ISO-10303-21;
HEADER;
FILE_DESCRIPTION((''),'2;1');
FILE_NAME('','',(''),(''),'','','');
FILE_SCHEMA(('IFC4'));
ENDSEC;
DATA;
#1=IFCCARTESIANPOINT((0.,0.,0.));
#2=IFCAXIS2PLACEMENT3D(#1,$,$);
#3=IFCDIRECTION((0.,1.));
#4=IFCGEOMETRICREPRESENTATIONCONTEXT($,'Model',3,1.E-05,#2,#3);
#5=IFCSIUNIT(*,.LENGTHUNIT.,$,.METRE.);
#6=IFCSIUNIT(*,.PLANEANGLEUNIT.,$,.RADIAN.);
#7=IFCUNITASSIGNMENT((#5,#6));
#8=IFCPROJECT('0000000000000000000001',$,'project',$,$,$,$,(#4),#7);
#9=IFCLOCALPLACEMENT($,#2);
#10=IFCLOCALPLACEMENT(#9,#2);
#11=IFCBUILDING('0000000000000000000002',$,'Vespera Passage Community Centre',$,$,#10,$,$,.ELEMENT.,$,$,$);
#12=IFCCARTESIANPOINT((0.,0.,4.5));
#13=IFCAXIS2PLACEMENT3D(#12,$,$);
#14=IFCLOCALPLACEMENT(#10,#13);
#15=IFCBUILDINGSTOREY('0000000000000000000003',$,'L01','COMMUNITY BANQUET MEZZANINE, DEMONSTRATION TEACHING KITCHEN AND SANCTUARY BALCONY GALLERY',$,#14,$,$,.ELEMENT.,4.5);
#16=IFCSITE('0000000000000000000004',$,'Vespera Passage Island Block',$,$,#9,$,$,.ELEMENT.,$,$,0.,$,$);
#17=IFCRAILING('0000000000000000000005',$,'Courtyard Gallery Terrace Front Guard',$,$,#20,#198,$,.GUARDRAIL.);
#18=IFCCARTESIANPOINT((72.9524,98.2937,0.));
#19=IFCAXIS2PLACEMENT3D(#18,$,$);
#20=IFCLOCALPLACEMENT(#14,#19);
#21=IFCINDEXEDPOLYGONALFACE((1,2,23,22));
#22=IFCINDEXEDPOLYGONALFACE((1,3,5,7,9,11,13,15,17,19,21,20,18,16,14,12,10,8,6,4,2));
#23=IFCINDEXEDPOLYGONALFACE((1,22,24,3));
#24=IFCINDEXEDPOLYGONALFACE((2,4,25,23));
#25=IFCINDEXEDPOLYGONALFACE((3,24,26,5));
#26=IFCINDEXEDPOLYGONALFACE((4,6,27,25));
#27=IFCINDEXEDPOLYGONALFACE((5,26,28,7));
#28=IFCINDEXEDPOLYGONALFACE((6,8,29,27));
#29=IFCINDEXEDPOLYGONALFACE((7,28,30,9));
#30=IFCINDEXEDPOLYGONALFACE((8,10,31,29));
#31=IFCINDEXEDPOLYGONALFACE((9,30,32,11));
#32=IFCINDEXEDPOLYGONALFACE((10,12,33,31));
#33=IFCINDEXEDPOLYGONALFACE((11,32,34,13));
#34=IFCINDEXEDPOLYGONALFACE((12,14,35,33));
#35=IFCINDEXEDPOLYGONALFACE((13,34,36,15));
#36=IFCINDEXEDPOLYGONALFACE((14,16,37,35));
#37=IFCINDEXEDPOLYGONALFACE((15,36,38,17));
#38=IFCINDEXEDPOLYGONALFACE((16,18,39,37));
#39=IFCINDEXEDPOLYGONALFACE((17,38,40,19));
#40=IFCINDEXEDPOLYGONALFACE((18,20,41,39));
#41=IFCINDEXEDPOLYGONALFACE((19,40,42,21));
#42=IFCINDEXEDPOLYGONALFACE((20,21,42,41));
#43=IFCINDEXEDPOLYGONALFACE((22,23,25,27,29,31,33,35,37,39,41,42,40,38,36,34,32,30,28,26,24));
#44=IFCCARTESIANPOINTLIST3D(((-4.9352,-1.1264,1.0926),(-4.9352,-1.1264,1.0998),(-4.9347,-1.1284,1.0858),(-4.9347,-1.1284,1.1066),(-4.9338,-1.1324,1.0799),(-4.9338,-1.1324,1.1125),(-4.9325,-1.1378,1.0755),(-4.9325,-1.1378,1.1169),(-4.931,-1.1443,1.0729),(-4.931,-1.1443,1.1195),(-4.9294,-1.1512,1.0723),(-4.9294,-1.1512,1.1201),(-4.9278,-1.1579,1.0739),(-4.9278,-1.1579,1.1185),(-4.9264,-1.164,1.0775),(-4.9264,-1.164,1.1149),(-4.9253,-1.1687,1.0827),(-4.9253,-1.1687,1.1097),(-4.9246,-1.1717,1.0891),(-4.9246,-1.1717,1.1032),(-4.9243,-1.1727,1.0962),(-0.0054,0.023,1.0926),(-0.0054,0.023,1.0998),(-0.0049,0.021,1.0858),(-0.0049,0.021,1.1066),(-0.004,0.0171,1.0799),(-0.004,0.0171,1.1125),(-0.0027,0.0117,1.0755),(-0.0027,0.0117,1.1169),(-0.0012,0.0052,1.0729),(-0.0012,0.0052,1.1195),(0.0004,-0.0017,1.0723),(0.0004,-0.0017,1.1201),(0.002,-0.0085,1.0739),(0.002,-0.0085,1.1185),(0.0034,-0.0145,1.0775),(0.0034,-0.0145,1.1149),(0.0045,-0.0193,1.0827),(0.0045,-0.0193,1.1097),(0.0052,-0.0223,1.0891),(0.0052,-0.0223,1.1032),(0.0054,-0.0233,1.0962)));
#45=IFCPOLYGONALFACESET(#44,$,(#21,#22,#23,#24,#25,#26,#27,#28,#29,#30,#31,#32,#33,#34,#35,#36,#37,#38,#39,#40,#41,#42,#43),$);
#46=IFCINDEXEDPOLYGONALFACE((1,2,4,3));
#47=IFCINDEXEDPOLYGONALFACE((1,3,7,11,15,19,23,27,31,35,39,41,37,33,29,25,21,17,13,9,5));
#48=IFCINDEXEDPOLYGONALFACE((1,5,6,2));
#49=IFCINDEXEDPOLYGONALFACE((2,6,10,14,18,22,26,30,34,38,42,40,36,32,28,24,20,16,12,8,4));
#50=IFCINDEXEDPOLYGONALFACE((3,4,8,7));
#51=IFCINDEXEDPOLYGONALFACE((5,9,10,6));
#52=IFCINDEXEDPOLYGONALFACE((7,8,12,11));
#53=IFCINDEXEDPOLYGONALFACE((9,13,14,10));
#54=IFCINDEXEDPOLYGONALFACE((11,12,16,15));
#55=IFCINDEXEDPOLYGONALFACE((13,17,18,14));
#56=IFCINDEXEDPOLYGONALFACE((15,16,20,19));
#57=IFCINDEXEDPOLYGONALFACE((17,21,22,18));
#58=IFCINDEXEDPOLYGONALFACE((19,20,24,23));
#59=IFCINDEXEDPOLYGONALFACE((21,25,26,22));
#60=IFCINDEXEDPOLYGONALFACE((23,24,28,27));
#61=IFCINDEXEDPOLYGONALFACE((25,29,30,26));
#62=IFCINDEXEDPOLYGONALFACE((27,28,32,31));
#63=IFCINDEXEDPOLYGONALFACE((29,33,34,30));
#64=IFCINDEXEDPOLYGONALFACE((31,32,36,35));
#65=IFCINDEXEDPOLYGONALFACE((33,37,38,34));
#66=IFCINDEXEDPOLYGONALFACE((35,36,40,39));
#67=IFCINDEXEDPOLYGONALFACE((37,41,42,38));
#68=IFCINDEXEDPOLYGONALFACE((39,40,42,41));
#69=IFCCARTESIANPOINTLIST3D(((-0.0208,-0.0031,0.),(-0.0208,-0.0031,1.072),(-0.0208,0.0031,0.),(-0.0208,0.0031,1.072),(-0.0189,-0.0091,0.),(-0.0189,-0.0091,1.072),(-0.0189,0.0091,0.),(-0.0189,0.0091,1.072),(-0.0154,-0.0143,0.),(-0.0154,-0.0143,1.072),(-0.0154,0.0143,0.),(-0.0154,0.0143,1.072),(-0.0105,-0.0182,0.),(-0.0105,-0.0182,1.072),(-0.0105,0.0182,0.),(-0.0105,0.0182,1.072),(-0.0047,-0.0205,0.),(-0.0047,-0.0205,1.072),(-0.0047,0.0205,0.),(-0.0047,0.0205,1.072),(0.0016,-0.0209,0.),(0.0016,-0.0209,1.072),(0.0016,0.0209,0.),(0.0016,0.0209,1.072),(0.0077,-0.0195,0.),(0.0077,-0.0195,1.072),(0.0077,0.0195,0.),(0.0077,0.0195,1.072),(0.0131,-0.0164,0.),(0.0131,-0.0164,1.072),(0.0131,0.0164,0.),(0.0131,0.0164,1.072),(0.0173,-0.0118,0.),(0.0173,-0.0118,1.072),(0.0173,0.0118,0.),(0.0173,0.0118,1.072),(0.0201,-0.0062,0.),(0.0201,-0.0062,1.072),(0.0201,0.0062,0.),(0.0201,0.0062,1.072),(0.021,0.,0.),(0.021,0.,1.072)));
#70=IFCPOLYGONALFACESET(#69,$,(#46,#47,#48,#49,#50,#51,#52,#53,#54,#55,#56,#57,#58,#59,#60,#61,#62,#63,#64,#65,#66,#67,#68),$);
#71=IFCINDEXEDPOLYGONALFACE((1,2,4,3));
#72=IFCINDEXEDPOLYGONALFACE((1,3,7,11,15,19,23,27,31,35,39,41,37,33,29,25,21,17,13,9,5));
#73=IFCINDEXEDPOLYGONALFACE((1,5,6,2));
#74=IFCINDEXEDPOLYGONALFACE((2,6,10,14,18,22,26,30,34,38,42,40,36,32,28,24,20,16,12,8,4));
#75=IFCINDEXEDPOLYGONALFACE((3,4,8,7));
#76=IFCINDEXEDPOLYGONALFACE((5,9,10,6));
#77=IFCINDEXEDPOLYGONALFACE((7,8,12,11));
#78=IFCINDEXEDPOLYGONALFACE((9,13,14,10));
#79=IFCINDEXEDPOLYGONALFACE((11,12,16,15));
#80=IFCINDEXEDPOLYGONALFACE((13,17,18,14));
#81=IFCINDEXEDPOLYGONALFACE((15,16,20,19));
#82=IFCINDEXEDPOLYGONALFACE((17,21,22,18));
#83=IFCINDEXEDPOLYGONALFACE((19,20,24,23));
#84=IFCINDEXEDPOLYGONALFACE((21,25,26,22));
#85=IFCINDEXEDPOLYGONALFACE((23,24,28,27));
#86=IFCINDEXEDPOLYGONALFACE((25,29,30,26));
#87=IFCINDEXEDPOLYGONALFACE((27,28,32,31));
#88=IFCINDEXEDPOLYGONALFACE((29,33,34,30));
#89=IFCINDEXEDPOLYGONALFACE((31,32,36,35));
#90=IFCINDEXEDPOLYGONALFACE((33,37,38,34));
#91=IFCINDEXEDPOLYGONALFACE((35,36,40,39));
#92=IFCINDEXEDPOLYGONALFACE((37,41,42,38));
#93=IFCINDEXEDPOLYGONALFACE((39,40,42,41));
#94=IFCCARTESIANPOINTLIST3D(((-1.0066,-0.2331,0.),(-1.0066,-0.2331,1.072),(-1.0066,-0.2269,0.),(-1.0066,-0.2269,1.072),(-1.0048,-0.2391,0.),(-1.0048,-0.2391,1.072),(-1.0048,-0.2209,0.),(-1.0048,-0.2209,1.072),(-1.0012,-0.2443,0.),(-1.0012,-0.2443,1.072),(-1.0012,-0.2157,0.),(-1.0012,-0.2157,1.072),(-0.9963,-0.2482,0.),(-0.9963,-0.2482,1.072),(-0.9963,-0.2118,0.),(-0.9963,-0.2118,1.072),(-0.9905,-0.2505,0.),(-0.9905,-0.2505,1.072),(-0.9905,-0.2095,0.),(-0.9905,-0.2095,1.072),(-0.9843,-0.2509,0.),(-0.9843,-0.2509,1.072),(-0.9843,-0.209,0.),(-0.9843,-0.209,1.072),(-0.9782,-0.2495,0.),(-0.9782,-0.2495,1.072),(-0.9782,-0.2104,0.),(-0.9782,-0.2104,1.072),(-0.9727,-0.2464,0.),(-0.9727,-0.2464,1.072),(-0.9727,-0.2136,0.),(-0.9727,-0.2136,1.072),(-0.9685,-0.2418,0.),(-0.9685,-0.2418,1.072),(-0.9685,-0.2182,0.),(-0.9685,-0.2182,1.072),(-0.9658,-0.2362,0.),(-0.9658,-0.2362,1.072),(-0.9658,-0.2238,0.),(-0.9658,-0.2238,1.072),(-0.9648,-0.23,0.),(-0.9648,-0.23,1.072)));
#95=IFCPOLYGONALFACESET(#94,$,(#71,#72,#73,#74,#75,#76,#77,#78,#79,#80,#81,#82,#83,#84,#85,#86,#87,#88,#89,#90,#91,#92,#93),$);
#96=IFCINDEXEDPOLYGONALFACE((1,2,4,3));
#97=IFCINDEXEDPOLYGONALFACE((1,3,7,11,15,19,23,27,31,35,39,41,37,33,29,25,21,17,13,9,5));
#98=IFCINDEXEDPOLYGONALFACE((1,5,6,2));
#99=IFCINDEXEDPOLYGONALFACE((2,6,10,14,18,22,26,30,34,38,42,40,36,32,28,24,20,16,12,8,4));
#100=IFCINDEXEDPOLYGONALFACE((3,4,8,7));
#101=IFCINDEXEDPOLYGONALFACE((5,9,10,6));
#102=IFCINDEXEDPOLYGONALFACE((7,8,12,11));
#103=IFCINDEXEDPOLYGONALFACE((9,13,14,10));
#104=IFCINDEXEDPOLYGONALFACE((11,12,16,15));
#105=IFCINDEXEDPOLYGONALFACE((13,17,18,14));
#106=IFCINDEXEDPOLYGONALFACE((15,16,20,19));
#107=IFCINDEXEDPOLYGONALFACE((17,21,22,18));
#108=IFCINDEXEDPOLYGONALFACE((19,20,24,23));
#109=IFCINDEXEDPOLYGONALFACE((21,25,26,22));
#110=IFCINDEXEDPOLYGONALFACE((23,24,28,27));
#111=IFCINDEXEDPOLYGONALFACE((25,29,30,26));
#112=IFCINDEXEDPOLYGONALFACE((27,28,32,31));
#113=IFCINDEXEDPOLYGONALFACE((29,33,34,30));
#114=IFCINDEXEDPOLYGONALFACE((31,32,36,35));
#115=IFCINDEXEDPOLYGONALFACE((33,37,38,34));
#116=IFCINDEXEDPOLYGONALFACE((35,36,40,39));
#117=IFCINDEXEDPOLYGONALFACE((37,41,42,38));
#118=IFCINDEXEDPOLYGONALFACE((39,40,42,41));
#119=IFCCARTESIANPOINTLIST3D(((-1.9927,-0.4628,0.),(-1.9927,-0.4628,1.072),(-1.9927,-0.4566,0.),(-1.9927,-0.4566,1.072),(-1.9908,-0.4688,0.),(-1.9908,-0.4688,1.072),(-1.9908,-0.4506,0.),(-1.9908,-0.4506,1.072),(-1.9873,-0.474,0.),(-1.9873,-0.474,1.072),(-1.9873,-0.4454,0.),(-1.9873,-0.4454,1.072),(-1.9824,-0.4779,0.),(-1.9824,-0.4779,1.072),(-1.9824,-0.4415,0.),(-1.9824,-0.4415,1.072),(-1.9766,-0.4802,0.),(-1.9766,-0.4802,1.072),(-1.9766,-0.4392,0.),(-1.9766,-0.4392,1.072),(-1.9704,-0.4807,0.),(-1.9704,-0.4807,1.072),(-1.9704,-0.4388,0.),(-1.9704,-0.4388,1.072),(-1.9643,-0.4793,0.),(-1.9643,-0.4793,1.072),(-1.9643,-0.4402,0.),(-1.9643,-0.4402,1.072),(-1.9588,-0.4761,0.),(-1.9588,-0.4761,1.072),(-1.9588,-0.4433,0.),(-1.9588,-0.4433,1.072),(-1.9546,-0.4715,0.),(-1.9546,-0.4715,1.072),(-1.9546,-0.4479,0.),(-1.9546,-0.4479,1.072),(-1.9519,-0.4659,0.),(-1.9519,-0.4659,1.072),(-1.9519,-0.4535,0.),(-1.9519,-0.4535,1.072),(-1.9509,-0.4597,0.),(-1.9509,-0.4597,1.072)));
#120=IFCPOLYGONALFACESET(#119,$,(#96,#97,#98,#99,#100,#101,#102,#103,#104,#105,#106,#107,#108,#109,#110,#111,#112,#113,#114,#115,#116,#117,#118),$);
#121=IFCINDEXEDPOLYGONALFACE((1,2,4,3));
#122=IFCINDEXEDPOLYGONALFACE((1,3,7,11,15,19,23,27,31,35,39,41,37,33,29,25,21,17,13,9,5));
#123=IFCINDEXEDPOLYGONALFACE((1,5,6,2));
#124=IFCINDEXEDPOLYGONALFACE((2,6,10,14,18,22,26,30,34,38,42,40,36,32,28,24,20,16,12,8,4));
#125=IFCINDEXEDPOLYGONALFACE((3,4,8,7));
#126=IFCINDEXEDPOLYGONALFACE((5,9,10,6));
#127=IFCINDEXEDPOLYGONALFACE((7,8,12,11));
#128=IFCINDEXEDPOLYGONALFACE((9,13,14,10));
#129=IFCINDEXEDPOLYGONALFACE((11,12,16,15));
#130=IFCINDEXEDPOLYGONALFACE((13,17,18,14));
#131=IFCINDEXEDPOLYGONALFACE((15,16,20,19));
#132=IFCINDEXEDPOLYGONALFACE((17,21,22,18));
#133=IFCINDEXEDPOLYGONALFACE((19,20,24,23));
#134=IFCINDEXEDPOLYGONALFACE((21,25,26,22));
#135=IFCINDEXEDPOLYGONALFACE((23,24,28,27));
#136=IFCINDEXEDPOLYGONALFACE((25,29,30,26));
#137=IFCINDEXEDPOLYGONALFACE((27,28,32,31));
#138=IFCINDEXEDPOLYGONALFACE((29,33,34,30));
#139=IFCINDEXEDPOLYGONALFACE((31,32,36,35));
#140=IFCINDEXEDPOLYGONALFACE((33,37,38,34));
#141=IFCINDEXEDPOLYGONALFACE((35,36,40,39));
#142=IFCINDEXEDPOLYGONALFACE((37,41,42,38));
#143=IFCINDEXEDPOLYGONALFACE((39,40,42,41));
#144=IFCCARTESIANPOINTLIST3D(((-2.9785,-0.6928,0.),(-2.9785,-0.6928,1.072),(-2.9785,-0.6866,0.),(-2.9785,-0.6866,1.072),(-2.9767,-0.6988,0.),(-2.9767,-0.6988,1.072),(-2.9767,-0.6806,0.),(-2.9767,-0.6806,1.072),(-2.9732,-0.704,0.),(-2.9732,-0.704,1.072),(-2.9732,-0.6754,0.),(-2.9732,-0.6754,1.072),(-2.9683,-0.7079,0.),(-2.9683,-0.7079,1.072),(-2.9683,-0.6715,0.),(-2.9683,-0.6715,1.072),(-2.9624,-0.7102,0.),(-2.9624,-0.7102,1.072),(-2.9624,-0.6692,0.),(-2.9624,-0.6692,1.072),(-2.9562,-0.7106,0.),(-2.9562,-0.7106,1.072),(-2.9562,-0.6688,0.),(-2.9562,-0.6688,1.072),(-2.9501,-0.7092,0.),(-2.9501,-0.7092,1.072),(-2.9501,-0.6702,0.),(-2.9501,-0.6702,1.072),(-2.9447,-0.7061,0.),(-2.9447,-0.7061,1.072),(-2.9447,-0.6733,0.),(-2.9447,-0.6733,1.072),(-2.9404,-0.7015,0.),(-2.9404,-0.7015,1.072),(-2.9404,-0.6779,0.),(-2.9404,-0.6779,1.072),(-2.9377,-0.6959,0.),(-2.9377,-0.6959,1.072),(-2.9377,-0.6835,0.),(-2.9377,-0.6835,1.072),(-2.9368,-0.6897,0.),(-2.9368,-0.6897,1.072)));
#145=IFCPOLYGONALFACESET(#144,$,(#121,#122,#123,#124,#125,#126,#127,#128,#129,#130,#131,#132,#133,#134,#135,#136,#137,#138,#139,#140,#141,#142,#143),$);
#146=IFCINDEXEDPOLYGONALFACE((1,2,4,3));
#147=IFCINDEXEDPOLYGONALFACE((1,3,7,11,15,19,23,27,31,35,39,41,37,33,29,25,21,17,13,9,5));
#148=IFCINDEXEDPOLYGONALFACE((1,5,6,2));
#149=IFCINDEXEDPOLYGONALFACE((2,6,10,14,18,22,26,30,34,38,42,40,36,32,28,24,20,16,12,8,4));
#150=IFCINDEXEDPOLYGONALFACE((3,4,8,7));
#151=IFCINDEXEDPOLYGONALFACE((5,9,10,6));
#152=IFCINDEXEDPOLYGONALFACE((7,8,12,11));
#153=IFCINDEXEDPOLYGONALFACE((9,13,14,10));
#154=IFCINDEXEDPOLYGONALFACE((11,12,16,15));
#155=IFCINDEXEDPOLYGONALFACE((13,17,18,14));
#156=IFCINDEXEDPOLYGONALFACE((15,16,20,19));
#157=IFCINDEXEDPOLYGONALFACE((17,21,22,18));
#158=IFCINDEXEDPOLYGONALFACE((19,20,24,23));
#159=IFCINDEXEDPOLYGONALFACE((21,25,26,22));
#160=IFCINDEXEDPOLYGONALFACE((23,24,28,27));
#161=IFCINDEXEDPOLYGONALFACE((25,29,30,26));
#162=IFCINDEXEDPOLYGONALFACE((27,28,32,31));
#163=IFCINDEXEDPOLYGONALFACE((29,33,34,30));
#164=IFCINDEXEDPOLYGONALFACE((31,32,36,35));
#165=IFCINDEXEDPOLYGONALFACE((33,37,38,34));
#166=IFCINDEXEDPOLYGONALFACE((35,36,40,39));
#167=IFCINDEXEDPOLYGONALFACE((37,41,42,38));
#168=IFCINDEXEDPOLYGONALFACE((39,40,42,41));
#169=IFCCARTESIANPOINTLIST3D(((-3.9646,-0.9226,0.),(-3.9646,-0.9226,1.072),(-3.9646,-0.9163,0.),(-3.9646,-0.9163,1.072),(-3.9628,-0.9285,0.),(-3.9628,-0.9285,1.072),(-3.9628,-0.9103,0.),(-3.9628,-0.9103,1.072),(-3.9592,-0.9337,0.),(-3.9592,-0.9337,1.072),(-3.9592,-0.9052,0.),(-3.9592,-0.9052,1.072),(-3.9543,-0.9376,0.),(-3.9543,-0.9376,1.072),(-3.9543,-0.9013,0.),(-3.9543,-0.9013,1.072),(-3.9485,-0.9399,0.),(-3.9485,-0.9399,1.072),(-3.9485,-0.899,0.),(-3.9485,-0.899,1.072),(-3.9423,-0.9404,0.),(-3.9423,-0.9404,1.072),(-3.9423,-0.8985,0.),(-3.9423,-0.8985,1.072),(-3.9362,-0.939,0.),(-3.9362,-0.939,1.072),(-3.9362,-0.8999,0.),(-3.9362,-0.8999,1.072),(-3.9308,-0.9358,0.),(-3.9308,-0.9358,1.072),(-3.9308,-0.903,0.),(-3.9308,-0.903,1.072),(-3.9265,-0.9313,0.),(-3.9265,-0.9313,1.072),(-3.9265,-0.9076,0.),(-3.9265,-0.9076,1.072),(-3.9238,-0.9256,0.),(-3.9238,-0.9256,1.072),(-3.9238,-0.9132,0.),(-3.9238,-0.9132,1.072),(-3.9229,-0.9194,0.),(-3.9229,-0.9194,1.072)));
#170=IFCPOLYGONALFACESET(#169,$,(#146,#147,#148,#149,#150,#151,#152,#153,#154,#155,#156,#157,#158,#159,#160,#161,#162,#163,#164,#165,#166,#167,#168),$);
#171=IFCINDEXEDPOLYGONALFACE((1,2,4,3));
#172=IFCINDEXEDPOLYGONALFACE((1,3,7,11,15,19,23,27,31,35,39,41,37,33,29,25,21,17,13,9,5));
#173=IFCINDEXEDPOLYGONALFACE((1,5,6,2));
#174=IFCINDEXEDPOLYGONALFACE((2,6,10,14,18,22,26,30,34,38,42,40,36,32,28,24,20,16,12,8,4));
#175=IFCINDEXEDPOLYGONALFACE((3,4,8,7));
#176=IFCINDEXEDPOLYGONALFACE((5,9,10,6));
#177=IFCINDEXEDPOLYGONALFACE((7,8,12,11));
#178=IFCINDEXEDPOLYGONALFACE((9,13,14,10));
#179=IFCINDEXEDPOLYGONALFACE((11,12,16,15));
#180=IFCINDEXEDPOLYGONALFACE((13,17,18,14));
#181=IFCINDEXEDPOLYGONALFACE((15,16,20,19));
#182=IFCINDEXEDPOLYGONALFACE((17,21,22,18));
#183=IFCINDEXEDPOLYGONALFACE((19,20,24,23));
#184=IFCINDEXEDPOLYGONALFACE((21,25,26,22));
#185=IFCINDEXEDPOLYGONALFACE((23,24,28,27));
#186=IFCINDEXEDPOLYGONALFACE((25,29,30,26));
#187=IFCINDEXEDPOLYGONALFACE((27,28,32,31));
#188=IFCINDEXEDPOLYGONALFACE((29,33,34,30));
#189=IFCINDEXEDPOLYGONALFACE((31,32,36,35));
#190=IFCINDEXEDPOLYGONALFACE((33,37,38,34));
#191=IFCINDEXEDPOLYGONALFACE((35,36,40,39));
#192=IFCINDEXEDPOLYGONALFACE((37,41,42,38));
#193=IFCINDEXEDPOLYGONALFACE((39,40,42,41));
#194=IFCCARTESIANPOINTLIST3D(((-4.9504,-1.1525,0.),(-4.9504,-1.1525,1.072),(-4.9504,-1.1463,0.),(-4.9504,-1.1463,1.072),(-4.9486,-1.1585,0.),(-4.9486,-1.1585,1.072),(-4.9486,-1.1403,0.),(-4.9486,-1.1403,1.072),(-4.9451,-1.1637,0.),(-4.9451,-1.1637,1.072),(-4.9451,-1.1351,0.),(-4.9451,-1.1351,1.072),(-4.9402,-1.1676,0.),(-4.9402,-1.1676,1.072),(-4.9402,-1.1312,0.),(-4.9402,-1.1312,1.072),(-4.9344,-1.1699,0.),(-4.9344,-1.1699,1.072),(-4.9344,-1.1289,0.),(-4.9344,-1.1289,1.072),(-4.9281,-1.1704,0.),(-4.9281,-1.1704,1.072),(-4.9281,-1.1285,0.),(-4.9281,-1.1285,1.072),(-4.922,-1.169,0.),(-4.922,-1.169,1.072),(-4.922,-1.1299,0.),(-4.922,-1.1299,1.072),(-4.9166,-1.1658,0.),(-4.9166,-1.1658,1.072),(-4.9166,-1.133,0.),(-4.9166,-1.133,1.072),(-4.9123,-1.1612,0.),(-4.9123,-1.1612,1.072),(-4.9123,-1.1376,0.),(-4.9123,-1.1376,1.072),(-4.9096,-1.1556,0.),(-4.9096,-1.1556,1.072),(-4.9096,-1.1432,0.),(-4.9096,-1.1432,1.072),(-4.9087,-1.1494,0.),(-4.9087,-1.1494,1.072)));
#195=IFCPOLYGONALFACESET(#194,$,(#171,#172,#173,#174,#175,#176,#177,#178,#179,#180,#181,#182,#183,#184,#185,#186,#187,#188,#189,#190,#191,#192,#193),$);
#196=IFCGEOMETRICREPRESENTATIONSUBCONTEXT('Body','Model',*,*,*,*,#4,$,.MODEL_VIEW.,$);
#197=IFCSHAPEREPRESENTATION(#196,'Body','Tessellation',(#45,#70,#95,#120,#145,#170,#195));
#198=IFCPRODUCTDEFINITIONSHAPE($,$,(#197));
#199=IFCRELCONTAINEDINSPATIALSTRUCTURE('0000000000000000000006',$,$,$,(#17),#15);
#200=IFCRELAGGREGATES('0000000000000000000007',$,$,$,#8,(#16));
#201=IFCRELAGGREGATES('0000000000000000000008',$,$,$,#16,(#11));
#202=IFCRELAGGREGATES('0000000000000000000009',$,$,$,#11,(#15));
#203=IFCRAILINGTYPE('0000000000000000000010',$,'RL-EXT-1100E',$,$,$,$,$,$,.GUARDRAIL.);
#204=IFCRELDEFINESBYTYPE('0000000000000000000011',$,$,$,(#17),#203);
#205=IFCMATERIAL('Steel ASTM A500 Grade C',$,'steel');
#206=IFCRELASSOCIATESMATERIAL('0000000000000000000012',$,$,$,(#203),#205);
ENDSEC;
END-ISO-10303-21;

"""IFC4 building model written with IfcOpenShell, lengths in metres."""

from ifc_helpers import new_model, si_unit, direction, frame, origin, origin_2d, place, context, subcontext, project, spatial, circle, extrude, material, type_object, element, save


model = new_model("IFC4")

# Units and contexts
model_context = context("Model", 3, precision=1e-05, world=origin(), true_north=direction((0.0, 1.0)))
body_context = subcontext(model_context, "Body", "Model", "MODEL_VIEW")
ifc_project = project(units=[si_unit("LENGTHUNIT", "METRE"), si_unit("PLANEANGLEUNIT", "RADIAN")], contexts=[model_context])

# Site, building, storey
site_placement = place(None, origin())
site = spatial("IfcSite", under=ifc_project, at=site_placement, Name="Vespera Passage Island Block", CompositionType="ELEMENT", RefElevation=0.0)
building_placement = place(site_placement, origin())
building = spatial("IfcBuilding", under=site, at=building_placement, Name="Vespera Passage Community Centre", CompositionType="ELEMENT")
storey_placement = place(building_placement, frame((0.0, 0.0, 4.5)))
storey = spatial("IfcBuildingStorey", under=building, at=storey_placement, Name="L01", Description="COMMUNITY BANQUET MEZZANINE, DEMONSTRATION TEACHING KITCHEN AND SANCTUARY BALCONY GALLERY", CompositionType="ELEMENT", Elevation=4.5)

# Railing
ifc_material_1 = material(Name="Steel ASTM A500 Grade C", Category="steel")
railing_type = type_object("IfcRailingType", Name="RL-EXT-1100E", PredefinedType="GUARDRAIL", material=ifc_material_1)
railing_placement = place(storey_placement, frame((72.9524, 98.2937, 0.0)))
element("IfcRailing", 1, at=railing_placement, inside=storey, type_object=railing_type, Name="Courtyard Gallery Terrace Front Guard", PredefinedType="GUARDRAIL", context=body_context, shape_type="SweptSolid", body=[
    extrude(circle(Radius=0.0239, at=origin_2d()), frame((0.0, 0.0, 1.0962), z_axis=(-0.973878, -0.227071, 0.0), x_axis=(0.227071, -0.973878, 0.0)), (0.0, 0.0, 1.0), 5.062),
    extrude(circle(Radius=0.021, at=origin_2d()), origin(), (0.0, 0.0, 1.0), 1.072),
    extrude(circle(Radius=0.021, at=origin_2d()), frame((-0.9858, -0.23, 0.0)), (0.0, 0.0, 1.0), 1.072),
    extrude(circle(Radius=0.021, at=origin_2d()), frame((-1.9719, -0.4597, 0.0)), (0.0, 0.0, 1.0), 1.072),
    extrude(circle(Radius=0.021, at=origin_2d()), frame((-2.9578, -0.6897, 0.0)), (0.0, 0.0, 1.0), 1.072),
    extrude(circle(Radius=0.021, at=origin_2d()), frame((-3.9438, -0.9194, 0.0)), (0.0, 0.0, 1.0), 1.072),
    extrude(circle(Radius=0.021, at=origin_2d()), frame((-4.9297, -1.1494, 0.0)), (0.0, 0.0, 1.0), 1.072),
])

save(model, "model.ifc")
